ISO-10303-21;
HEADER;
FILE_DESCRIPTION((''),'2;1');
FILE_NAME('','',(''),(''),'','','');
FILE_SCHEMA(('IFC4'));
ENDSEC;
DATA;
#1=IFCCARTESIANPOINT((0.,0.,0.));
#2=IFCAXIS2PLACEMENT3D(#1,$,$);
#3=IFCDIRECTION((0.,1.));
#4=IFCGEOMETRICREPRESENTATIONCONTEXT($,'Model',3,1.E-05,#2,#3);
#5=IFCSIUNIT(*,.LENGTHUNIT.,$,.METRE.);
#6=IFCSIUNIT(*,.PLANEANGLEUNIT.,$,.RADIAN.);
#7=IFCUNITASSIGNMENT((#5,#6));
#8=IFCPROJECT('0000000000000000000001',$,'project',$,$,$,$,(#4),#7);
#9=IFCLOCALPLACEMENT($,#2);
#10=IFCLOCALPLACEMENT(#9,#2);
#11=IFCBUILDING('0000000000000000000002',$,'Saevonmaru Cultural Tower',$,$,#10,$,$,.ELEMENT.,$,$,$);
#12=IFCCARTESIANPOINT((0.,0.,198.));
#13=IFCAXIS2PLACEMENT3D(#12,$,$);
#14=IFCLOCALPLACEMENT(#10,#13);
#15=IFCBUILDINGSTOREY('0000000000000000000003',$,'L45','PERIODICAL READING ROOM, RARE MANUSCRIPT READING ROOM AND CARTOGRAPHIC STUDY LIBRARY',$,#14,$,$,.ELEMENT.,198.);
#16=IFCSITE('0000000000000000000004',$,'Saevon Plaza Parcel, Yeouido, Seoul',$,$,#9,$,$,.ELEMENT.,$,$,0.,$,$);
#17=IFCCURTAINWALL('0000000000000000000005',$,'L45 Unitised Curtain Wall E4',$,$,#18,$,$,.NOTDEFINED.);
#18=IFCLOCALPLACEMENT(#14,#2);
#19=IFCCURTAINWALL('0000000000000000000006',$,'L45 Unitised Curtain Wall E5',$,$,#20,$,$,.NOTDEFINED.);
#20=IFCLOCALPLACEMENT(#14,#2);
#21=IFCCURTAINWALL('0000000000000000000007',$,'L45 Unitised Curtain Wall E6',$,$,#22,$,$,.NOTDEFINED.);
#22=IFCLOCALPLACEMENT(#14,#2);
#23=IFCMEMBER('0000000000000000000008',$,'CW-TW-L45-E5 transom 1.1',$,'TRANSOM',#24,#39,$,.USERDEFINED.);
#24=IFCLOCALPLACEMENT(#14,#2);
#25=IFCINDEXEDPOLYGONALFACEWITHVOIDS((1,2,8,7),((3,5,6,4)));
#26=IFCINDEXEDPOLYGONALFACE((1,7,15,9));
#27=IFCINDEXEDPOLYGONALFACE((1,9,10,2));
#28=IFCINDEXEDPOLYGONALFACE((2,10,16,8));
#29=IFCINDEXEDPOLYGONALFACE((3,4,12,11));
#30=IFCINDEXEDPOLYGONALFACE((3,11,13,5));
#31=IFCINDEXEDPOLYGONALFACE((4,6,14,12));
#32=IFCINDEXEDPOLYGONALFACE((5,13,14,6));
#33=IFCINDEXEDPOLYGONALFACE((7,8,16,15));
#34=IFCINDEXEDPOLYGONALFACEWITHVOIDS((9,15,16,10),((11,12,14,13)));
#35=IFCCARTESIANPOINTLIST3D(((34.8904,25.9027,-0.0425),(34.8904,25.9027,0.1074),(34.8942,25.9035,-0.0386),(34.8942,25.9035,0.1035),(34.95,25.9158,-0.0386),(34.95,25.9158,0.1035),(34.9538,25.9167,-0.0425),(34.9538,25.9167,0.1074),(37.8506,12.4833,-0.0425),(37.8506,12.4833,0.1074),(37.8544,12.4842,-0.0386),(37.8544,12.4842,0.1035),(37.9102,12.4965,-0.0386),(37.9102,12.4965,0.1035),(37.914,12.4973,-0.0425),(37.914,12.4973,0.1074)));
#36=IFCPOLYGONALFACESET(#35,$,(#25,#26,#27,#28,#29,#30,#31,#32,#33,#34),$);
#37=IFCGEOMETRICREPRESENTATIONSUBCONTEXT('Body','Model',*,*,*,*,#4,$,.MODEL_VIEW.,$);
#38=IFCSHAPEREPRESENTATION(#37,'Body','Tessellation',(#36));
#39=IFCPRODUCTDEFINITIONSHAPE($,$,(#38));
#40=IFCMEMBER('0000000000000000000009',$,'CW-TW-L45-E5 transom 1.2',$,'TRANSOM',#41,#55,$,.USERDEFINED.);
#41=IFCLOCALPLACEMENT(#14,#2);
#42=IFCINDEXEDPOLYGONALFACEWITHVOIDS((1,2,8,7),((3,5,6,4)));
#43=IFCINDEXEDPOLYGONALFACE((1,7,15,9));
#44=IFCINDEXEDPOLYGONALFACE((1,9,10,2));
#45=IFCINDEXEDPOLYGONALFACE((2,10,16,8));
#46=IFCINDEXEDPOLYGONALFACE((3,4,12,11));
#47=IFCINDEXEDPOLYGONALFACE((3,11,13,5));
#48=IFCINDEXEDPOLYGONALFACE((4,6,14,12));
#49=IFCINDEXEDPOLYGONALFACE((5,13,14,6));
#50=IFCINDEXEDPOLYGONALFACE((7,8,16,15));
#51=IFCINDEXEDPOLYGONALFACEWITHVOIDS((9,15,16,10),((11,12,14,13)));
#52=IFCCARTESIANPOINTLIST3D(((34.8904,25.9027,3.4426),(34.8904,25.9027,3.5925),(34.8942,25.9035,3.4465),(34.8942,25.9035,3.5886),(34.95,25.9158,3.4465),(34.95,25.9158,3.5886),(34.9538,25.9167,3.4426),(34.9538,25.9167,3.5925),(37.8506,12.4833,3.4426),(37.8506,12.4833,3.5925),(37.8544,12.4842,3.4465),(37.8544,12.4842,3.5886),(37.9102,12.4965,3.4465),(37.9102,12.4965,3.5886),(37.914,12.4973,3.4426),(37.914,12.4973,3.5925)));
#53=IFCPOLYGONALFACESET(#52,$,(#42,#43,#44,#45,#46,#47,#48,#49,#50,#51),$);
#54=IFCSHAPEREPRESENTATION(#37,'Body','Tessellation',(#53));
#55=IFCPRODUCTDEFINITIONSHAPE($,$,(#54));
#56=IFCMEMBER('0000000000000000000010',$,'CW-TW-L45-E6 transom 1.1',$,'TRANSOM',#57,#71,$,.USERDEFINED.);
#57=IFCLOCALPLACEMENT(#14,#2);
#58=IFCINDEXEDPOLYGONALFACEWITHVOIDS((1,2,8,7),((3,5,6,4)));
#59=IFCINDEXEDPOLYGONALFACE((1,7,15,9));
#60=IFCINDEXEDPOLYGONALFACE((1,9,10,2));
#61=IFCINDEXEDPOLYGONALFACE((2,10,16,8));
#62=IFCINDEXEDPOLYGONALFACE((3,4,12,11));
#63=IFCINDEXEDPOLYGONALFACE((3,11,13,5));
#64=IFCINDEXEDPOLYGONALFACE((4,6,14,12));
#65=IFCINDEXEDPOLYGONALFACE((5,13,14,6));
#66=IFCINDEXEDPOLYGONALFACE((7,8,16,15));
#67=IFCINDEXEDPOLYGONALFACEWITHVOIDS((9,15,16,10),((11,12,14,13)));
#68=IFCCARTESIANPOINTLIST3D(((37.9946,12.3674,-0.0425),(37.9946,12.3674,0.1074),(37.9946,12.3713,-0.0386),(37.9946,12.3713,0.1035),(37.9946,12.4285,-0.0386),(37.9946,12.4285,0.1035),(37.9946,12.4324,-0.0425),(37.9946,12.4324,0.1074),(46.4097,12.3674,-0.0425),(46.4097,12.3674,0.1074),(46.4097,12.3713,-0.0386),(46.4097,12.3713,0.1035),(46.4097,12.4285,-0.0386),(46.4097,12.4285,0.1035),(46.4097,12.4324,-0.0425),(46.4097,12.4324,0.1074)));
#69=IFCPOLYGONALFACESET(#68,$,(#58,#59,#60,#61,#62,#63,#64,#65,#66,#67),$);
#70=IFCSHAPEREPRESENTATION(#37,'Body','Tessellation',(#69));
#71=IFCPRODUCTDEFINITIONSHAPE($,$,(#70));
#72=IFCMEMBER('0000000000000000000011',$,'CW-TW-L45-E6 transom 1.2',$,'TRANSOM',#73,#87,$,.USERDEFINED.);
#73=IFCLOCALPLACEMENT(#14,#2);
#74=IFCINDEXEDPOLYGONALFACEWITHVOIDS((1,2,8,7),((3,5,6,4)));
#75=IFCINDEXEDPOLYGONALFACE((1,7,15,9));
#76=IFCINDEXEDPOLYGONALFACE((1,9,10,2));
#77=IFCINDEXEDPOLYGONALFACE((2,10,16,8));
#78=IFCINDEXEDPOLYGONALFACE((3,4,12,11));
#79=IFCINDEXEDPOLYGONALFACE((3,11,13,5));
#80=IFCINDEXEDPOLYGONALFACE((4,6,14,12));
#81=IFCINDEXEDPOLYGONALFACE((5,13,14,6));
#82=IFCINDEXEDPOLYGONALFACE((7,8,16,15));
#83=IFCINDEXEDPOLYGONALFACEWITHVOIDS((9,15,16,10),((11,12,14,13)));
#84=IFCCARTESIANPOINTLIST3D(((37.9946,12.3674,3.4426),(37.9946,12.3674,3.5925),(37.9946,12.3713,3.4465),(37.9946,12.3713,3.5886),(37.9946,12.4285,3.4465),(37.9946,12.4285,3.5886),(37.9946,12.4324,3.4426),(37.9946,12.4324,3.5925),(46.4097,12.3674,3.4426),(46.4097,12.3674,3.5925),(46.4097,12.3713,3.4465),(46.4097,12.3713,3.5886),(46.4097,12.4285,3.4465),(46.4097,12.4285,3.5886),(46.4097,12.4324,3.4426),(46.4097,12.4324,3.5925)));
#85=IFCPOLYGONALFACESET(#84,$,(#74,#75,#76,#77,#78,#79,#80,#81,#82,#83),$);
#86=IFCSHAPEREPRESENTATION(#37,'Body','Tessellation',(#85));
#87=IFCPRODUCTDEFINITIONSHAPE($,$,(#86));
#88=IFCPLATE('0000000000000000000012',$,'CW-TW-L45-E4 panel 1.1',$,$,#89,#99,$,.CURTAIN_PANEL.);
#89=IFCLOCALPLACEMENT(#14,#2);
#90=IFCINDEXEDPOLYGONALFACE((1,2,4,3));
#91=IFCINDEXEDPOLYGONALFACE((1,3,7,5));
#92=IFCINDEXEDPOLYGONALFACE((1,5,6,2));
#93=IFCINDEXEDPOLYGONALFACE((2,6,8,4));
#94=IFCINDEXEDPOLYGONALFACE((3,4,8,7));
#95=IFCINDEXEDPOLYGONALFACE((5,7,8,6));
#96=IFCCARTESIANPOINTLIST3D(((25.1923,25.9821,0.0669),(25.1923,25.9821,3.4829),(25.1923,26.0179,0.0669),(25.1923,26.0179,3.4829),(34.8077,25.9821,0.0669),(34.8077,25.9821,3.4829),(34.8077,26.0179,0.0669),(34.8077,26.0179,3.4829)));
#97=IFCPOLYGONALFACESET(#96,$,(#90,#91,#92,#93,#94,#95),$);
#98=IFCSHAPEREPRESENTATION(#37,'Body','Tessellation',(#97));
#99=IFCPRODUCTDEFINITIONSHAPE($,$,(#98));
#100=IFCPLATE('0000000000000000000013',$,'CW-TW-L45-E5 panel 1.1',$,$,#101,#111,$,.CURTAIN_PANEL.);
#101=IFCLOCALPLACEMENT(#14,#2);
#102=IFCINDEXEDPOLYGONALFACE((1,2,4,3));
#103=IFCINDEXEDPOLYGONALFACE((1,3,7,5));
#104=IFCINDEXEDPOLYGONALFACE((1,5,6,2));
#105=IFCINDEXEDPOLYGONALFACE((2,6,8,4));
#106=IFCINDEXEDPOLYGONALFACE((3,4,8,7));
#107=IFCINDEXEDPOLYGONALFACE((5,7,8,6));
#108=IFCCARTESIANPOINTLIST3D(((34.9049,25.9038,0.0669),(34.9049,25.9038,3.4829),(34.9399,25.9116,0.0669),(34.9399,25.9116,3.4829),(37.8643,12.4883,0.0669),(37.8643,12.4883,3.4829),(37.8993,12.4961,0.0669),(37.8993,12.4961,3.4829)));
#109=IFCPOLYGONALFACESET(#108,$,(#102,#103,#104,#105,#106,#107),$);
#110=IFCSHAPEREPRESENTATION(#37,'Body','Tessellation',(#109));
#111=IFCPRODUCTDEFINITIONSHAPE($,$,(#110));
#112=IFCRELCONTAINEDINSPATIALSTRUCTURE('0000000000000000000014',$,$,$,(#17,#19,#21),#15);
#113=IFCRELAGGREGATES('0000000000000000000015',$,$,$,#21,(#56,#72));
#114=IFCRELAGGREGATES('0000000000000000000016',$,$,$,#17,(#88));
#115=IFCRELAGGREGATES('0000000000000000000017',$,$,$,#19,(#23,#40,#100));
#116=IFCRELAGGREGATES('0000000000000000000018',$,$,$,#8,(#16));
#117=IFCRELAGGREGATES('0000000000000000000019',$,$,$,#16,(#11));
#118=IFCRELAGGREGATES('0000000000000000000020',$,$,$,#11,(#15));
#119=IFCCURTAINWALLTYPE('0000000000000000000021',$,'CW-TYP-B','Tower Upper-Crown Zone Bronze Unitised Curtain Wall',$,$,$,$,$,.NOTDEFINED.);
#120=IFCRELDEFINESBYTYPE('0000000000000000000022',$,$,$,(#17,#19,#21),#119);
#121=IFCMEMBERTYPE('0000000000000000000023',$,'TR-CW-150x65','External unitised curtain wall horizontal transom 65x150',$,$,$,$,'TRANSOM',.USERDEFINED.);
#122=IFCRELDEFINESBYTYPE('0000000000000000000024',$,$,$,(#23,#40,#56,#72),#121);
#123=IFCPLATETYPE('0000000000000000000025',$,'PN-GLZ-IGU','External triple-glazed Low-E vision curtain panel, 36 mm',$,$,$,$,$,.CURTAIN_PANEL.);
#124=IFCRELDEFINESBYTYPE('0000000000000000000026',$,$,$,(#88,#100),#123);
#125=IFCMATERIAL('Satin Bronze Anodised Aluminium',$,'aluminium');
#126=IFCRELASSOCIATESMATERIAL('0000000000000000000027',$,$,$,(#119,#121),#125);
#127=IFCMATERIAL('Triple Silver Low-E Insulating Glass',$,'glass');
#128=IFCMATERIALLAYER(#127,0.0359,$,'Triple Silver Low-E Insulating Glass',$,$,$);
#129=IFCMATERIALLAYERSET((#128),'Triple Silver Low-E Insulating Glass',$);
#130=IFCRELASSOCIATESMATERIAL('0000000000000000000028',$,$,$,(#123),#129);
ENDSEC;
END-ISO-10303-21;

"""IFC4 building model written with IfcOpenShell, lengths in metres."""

from ifc_helpers import new_model, si_unit, direction, frame, origin, origin_2d, place, context, subcontext, project, spatial, rectangle, hollow_rectangle, extrude, material, layer, layer_set, material_profile, profile_set, type_object, element, aggregate, save


model = new_model("IFC4")

# Units and contexts
model_context = context("Model", 3, precision=1e-05, world=origin(), true_north=direction((0.0, 1.0)))
body_context = subcontext(model_context, "Body", "Model", "MODEL_VIEW")
ifc_project = project(units=[si_unit("LENGTHUNIT", "METRE"), si_unit("PLANEANGLEUNIT", "RADIAN")], contexts=[model_context])

# Site, building, storey
site_placement = place(None, origin())
site = spatial("IfcSite", under=ifc_project, at=site_placement, Name="Saevon Plaza Parcel, Yeouido, Seoul", CompositionType="ELEMENT", RefElevation=0.0)
building_placement = place(site_placement, origin())
building = spatial("IfcBuilding", under=site, at=building_placement, Name="Saevonmaru Cultural Tower", CompositionType="ELEMENT")
storey_placement = place(building_placement, frame((0.0, 0.0, 198.0)))
storey = spatial("IfcBuildingStorey", under=building, at=storey_placement, Name="L45", Description="PERIODICAL READING ROOM, RARE MANUSCRIPT READING ROOM AND CARTOGRAPHIC STUDY LIBRARY", CompositionType="ELEMENT", Elevation=198.0)

# Shared definitions
ifc_material_1 = material(Name="Satin Bronze Anodised Aluminium", Category="aluminium")
curtain_wall_type = type_object("IfcCurtainWallType", Name="CW-TYP-B", Description="Tower Upper-Crown Zone Bronze Unitised Curtain Wall", PredefinedType="NOTDEFINED", material=ifc_material_1)

# Curtain walls
curtain_wall_1_placement = place(storey_placement, origin())
curtain_wall_1 = element("IfcCurtainWall", 1, at=curtain_wall_1_placement, inside=storey, type_object=curtain_wall_type, Name="L45 Unitised Curtain Wall E4", PredefinedType="NOTDEFINED")
curtain_wall_2_placement = place(storey_placement, origin())
curtain_wall_2 = element("IfcCurtainWall", 2, at=curtain_wall_2_placement, inside=storey, type_object=curtain_wall_type, Name="L45 Unitised Curtain Wall E5", PredefinedType="NOTDEFINED")

# Curtain wall
curtain_wall_3_placement = place(storey_placement, origin())
curtain_wall_3 = element("IfcCurtainWall", 3, at=curtain_wall_3_placement, inside=storey, type_object=curtain_wall_type, Name="L45 Unitised Curtain Wall E6", PredefinedType="NOTDEFINED")

# Members
ifc_material_profile_1 = material_profile(ifc_material_1, hollow_rectangle(XDim=0.0649, YDim=0.1499, WallThickness=0.0039, at=origin_2d()), Name="ALU-TRAN-150x65x4")
ifc_profile_set_1 = profile_set([ifc_material_profile_1], Name="Satin Bronze Anodised Aluminium")
member_type_1 = type_object("IfcMemberType", Name="TR-CW-150x65", Description="External unitised curtain wall horizontal transom 65x150", ElementType="TRANSOM", PredefinedType="USERDEFINED", material=ifc_profile_set_1)
member_1_placement = place(storey_placement, frame((34.9221, 25.9097, 0.0325), z_axis=(0.215412, -0.976523, 0.0), x_axis=(0.976523, 0.215412, 0.0)))
member_1 = element("IfcMember", 4, at=member_1_placement, type_object=member_type_1, Name="CW-TW-L45-E5 transom 1.1", ObjectType="TRANSOM", PredefinedType="USERDEFINED", context=body_context, shape_type="SweptSolid", body=[
    extrude(hollow_rectangle(XDim=0.0649, YDim=0.1499, WallThickness=0.0039, at=origin_2d()), origin(), (0.0, 0.0, 1.0), 13.7419),
])
member_2_placement = place(storey_placement, frame((34.9221, 25.9097, 3.5176), z_axis=(0.215412, -0.976523, 0.0), x_axis=(0.976523, 0.215412, 0.0)))
member_2 = element("IfcMember", 5, at=member_2_placement, type_object=member_type_1, Name="CW-TW-L45-E5 transom 1.2", ObjectType="TRANSOM", PredefinedType="USERDEFINED", context=body_context, shape_type="SweptSolid", body=[
    extrude(hollow_rectangle(XDim=0.0649, YDim=0.1499, WallThickness=0.0039, at=origin_2d()), origin(), (0.0, 0.0, 1.0), 13.7419),
])
member_3_placement = place(storey_placement, frame((37.9946, 12.3999, 0.0325), z_axis=(1.0, 0.0, 0.0), x_axis=(0.0, 1.0, 0.0)))
member_3 = element("IfcMember", 6, at=member_3_placement, type_object=member_type_1, Name="CW-TW-L45-E6 transom 1.1", ObjectType="TRANSOM", PredefinedType="USERDEFINED", context=body_context, shape_type="SweptSolid", body=[
    extrude(hollow_rectangle(XDim=0.0649, YDim=0.1499, WallThickness=0.0039, at=origin_2d()), origin(), (0.0, 0.0, 1.0), 8.415),
])
member_4_placement = place(storey_placement, frame((37.9946, 12.3999, 3.5176), z_axis=(1.0, 0.0, 0.0), x_axis=(0.0, 1.0, 0.0)))
member_4 = element("IfcMember", 7, at=member_4_placement, type_object=member_type_1, Name="CW-TW-L45-E6 transom 1.2", ObjectType="TRANSOM", PredefinedType="USERDEFINED", context=body_context, shape_type="SweptSolid", body=[
    extrude(hollow_rectangle(XDim=0.0649, YDim=0.1499, WallThickness=0.0039, at=origin_2d()), origin(), (0.0, 0.0, 1.0), 8.415),
])
aggregate(curtain_wall_3, [member_3, member_4])

# Plates
ifc_material_2 = material(Name="Triple Silver Low-E Insulating Glass", Category="glass")
ifc_layer = layer(ifc_material_2, 0.0359, Name="Triple Silver Low-E Insulating Glass")
ifc_layer_set = layer_set([ifc_layer], Name="Triple Silver Low-E Insulating Glass")
plate_type = type_object("IfcPlateType", Name="PN-GLZ-IGU", Description="External triple-glazed Low-E vision curtain panel, 36 mm", PredefinedType="CURTAIN_PANEL", material=ifc_layer_set)
plate_1_placement = place(storey_placement, frame((30.0, 26.0, 0.0669), z_axis=(0.0, 0.0, 1.0), x_axis=(1.0, 0.0, 0.0)))
plate_1 = element("IfcPlate", 8, at=plate_1_placement, type_object=plate_type, Name="CW-TW-L45-E4 panel 1.1", PredefinedType="CURTAIN_PANEL", context=body_context, shape_type="SweptSolid", body=[
    extrude(rectangle(XDim=9.6155, YDim=0.0359, at=origin_2d()), origin(), (0.0, 0.0, 1.0), 3.416),
])
aggregate(curtain_wall_1, [plate_1])
plate_2_placement = place(storey_placement, frame((36.4021, 19.2, 0.0669), z_axis=(0.0, 0.0, 1.0), x_axis=(0.215413, -0.976523, 0.0)))
plate_2 = element("IfcPlate", 9, at=plate_2_placement, type_object=plate_type, Name="CW-TW-L45-E5 panel 1.1", PredefinedType="CURTAIN_PANEL", context=body_context, shape_type="SweptSolid", body=[
    extrude(rectangle(XDim=13.738, YDim=0.0359, at=origin_2d()), origin(), (0.0, 0.0, 1.0), 3.416),
])
aggregate(curtain_wall_2, [member_1, member_2, plate_2])

save(model, "model.ifc")
